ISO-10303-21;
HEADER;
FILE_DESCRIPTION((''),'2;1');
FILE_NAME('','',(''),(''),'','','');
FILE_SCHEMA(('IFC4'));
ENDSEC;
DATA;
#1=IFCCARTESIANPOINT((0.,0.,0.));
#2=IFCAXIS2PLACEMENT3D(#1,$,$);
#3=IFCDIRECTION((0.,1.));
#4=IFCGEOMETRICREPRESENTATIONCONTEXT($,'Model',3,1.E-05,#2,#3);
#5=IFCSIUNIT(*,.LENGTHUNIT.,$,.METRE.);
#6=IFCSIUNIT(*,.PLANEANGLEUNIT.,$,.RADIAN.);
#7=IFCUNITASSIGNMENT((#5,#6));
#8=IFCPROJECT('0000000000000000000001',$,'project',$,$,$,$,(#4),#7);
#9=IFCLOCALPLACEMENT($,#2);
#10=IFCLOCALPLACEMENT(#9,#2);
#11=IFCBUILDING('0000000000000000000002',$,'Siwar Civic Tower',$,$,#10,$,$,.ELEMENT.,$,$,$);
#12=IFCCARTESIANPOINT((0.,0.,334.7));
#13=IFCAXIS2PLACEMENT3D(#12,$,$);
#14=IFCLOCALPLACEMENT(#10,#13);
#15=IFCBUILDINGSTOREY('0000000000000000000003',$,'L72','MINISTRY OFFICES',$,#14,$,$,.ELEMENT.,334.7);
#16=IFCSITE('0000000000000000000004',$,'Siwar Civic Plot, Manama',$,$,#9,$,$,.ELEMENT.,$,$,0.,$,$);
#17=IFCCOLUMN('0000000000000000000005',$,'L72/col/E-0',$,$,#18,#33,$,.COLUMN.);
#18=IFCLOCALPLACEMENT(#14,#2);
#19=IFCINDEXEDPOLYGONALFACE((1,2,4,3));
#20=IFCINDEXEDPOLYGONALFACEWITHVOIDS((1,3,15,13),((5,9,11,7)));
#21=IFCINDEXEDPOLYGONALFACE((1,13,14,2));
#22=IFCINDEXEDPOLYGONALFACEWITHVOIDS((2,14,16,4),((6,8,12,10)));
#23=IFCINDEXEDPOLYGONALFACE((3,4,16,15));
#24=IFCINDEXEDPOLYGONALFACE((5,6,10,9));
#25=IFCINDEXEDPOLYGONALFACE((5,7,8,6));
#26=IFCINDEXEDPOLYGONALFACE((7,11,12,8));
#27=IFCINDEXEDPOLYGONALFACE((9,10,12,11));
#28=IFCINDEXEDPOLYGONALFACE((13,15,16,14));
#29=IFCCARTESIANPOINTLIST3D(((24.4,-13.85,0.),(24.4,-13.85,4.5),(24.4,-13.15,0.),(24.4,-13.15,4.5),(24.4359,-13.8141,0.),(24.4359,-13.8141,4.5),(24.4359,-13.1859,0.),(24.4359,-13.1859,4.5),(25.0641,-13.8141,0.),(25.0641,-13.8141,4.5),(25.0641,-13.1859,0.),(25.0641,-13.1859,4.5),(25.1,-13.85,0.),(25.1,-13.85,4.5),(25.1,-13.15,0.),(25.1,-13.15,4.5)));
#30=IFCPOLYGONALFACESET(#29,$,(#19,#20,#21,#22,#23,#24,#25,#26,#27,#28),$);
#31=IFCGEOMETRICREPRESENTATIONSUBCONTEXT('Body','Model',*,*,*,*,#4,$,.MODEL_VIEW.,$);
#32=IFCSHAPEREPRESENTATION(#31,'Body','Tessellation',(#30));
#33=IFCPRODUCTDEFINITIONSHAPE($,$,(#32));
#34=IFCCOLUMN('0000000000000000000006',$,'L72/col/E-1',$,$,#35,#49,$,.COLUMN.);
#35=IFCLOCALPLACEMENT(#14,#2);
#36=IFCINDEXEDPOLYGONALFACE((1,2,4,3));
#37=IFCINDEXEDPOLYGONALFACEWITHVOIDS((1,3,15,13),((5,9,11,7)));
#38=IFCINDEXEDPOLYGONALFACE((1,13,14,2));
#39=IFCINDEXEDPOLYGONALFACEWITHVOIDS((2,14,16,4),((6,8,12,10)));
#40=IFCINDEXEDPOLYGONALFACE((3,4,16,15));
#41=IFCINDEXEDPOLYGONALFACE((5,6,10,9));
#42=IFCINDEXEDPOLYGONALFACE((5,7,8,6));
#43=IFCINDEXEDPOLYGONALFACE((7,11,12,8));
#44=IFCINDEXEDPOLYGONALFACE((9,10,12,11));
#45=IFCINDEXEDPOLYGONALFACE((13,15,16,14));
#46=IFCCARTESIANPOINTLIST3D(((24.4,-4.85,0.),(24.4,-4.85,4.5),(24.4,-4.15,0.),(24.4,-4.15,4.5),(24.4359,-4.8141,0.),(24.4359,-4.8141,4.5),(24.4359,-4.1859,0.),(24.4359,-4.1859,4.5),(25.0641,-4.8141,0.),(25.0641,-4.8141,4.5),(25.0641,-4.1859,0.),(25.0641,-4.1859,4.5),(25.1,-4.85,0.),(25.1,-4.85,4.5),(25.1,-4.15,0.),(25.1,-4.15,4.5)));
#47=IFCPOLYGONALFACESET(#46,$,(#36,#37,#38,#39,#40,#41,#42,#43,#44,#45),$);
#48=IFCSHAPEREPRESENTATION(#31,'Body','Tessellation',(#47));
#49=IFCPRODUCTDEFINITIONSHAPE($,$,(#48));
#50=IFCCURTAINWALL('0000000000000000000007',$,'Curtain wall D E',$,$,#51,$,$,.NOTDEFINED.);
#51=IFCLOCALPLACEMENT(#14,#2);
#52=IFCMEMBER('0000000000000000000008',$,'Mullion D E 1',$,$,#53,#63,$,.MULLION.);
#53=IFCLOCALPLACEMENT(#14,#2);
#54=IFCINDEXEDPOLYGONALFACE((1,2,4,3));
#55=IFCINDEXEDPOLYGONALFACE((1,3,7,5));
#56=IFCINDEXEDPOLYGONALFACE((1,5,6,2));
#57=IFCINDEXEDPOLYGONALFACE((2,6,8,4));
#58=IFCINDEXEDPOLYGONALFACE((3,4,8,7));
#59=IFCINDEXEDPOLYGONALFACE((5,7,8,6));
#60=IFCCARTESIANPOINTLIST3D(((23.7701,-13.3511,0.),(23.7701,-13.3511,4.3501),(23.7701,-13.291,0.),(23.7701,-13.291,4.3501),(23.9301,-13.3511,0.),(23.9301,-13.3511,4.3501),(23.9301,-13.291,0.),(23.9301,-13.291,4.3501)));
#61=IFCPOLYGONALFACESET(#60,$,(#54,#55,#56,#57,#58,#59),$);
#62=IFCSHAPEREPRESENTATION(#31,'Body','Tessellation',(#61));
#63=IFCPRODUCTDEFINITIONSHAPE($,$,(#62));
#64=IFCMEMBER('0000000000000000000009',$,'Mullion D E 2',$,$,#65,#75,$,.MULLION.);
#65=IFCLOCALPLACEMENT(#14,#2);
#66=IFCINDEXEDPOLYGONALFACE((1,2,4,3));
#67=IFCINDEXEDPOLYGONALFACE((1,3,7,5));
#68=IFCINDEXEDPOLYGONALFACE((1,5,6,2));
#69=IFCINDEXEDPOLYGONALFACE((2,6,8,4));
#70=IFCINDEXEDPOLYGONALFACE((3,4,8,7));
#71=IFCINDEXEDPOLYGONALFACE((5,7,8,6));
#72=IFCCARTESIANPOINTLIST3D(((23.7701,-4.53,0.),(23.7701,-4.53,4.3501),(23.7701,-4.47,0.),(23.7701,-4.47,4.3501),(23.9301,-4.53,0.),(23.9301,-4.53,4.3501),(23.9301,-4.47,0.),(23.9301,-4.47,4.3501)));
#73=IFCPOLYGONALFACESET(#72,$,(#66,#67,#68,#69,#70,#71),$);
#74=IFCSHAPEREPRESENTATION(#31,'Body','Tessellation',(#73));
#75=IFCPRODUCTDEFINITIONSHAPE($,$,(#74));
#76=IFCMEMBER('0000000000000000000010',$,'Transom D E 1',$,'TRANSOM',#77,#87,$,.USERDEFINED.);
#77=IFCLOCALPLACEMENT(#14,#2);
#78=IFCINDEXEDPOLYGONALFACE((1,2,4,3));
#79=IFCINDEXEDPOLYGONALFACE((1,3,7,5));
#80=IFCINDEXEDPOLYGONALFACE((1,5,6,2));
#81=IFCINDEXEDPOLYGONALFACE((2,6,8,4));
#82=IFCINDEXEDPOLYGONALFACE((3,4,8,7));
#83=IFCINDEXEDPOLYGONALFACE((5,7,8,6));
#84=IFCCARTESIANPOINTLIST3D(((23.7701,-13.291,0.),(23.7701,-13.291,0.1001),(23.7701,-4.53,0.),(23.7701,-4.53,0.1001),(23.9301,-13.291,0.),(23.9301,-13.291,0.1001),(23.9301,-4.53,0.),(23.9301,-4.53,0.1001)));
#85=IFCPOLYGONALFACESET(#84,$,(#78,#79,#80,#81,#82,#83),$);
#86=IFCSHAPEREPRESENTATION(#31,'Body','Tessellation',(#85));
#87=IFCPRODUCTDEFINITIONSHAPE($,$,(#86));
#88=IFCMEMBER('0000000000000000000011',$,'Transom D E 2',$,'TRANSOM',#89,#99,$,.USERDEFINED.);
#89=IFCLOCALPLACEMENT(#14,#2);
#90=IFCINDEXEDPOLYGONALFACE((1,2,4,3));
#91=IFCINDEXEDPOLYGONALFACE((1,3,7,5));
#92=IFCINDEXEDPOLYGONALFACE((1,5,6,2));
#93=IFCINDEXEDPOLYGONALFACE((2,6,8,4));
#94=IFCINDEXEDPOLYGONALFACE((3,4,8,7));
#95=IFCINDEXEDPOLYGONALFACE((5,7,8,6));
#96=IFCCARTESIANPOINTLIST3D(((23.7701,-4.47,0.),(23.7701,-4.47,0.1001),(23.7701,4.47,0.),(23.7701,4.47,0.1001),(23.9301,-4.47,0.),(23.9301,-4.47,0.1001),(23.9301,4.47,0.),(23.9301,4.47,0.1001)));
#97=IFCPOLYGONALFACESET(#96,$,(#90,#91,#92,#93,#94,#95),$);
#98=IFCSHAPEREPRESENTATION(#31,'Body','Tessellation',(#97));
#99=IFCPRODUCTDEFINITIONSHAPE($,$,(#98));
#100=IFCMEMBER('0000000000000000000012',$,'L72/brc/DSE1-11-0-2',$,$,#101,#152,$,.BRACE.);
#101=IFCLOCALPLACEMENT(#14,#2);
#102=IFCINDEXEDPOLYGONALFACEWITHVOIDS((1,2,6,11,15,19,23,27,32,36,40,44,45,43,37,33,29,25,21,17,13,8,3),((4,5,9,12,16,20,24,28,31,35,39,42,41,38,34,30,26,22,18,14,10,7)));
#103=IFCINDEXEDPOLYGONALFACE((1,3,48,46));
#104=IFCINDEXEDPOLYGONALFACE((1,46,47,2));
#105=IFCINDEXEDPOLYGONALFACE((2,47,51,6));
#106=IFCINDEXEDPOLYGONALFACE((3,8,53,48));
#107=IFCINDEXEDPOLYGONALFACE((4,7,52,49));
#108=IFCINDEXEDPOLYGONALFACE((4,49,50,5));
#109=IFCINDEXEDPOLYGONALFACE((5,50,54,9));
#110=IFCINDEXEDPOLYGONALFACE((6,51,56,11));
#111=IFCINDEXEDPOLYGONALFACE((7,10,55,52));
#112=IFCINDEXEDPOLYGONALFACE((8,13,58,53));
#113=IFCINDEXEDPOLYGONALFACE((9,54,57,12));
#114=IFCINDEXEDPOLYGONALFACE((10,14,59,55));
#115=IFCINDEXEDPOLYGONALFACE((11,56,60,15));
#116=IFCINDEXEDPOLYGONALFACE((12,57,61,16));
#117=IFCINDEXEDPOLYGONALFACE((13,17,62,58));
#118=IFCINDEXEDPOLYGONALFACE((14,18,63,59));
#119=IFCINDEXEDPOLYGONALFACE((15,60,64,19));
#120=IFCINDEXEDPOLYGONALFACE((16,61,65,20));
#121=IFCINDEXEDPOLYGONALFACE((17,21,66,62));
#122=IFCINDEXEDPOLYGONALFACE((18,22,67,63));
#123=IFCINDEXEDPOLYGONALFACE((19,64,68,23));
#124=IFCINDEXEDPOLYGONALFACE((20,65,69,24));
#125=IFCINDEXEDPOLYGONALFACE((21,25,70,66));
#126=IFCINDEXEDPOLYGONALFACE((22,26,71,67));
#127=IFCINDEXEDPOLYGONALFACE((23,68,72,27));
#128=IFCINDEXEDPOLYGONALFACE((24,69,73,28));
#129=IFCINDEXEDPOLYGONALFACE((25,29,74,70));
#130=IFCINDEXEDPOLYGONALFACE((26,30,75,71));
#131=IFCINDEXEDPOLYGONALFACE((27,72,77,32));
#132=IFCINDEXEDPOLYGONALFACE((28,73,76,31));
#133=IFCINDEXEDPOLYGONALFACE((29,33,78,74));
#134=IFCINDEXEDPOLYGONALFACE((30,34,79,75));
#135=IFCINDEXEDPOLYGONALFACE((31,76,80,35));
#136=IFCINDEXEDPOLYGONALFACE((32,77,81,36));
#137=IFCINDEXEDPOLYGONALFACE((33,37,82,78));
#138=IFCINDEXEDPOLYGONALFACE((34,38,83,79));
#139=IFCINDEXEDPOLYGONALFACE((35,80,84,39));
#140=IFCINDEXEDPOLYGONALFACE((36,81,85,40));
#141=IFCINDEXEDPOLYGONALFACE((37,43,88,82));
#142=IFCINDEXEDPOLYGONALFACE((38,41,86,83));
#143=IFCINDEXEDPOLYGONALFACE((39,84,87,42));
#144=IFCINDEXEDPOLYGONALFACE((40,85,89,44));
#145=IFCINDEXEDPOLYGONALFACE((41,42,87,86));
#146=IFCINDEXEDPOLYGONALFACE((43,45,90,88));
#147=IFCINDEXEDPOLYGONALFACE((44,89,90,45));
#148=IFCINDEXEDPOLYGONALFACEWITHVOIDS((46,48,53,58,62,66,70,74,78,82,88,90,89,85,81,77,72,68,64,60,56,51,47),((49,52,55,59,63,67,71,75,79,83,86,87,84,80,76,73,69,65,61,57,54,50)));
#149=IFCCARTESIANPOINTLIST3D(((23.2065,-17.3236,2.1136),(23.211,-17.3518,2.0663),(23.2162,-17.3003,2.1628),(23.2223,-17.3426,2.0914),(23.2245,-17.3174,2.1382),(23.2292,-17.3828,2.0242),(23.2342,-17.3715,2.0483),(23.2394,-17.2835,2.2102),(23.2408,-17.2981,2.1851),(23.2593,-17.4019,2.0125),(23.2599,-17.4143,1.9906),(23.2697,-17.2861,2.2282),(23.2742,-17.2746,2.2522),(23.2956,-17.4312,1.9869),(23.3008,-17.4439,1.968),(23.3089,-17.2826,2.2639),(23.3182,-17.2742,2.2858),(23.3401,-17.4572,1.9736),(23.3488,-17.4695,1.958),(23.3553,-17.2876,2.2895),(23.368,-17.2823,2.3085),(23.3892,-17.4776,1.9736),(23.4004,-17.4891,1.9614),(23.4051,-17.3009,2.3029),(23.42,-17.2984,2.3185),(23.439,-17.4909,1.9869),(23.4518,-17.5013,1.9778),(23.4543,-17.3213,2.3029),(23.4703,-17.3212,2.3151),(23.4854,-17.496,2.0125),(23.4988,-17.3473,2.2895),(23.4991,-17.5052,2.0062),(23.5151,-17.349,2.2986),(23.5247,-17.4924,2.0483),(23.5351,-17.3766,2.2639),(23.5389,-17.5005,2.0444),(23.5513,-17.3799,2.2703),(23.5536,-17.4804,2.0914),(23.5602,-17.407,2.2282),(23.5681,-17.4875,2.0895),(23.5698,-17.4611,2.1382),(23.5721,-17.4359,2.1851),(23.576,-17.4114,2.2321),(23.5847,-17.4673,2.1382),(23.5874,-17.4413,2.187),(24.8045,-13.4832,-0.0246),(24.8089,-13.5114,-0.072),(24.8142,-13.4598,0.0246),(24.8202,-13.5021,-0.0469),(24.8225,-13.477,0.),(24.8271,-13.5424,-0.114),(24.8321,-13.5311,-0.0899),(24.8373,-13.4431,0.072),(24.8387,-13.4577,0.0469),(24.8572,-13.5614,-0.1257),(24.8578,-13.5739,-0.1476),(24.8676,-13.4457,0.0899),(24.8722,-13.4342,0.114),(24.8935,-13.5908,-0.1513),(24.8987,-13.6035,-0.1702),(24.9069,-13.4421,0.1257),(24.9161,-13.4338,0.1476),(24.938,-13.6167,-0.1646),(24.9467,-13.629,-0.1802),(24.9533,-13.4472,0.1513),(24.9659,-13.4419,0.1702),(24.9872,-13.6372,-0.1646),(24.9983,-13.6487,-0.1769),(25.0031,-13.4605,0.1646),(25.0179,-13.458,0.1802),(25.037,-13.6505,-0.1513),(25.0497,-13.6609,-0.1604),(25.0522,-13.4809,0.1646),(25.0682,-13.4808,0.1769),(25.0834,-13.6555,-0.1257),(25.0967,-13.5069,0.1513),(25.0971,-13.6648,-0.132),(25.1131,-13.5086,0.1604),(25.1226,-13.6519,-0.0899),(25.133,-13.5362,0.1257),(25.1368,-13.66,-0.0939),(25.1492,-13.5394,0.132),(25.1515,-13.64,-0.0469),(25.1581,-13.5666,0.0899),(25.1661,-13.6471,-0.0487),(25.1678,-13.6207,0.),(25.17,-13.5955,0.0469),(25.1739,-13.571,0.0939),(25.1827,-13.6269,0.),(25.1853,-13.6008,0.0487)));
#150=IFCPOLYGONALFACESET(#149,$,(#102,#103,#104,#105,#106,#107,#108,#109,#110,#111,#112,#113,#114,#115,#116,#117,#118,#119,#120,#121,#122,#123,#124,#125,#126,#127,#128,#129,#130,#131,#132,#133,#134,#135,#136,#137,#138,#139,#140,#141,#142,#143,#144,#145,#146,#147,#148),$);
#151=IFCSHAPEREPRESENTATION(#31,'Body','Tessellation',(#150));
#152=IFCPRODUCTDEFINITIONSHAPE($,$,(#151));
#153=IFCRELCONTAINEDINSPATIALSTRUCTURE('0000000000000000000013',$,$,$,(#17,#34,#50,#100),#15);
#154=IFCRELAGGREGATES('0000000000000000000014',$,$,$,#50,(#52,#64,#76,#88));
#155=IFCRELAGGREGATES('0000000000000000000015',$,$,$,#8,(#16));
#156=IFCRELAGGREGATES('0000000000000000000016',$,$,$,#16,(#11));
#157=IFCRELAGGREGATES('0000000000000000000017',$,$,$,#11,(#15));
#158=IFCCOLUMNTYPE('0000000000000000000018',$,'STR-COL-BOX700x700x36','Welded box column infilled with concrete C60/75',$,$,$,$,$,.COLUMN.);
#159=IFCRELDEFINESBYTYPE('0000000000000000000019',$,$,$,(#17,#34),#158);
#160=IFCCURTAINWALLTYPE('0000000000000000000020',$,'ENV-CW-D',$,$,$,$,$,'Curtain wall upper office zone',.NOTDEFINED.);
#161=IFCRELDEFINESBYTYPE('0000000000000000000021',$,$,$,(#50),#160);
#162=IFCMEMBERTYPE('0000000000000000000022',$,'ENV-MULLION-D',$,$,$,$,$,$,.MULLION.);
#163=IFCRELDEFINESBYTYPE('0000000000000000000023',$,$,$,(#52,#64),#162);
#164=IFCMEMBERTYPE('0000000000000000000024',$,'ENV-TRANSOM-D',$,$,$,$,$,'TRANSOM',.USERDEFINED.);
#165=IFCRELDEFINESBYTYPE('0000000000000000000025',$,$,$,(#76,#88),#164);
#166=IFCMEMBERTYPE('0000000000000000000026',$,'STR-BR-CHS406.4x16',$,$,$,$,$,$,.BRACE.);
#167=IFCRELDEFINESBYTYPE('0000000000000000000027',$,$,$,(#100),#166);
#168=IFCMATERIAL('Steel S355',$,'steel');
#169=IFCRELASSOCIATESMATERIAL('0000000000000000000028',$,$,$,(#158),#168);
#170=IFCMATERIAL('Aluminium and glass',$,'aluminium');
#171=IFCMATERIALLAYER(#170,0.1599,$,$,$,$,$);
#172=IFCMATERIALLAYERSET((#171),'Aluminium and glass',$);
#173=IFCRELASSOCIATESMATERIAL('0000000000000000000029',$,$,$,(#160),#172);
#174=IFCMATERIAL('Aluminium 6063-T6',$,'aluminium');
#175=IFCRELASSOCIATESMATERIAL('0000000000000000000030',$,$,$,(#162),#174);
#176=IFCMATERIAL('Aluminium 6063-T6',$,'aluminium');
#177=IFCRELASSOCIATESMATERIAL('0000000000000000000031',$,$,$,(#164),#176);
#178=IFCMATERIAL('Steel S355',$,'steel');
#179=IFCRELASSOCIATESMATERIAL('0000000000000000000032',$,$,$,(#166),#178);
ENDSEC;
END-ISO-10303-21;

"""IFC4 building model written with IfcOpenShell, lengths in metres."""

from ifc_helpers import new_model, si_unit, direction, frame, origin, origin_2d, place, context, subcontext, project, spatial, rectangle, hollow_rectangle, hollow_circle, extrude, material, layer, layer_set, material_profile, profile_set, type_object, element, aggregate, save


model = new_model("IFC4")

# Units and contexts
model_context = context("Model", 3, precision=1e-05, world=origin(), true_north=direction((0.0, 1.0)))
body_context = subcontext(model_context, "Body", "Model", "MODEL_VIEW")
ifc_project = project(units=[si_unit("LENGTHUNIT", "METRE"), si_unit("PLANEANGLEUNIT", "RADIAN")], contexts=[model_context])

# Site, building, storey
site_placement = place(None, origin())
site = spatial("IfcSite", under=ifc_project, at=site_placement, Name="Siwar Civic Plot, Manama", CompositionType="ELEMENT", RefElevation=0.0)
building_placement = place(site_placement, origin())
building = spatial("IfcBuilding", under=site, at=building_placement, Name="Siwar Civic Tower", CompositionType="ELEMENT")
storey_placement = place(building_placement, frame((0.0, 0.0, 334.7)))
storey = spatial("IfcBuildingStorey", under=building, at=storey_placement, Name="L72", Description="MINISTRY OFFICES", CompositionType="ELEMENT", Elevation=334.7)

# Columns
ifc_material_1 = material(Name="Steel S355", Category="steel")
ifc_material_profile_1 = material_profile(ifc_material_1, hollow_rectangle(XDim=0.7, YDim=0.7, WallThickness=0.0359, at=origin_2d()), Name="BOX700x700x36")
ifc_profile_set_1 = profile_set([ifc_material_profile_1], Name="Steel S355")
column_type = type_object("IfcColumnType", Name="STR-COL-BOX700x700x36", Description="Welded box column infilled with concrete C60/75", PredefinedType="COLUMN", material=ifc_profile_set_1)
for number, where, z_axis, x_axis, name in (
    (1, (24.75, -13.5, 0.0), (0.0, 0.0, 1.0), (1.0, 0.0, 0.0), "L72/col/E-0"),
    (2, (24.75, -4.5, 0.0), (0.0, 0.0, 1.0), (1.0, 0.0, 0.0), "L72/col/E-1"),
):
    element("IfcColumn", number, at=place(storey_placement, frame(where, z_axis=z_axis, x_axis=x_axis)), inside=storey, type_object=column_type, Name=name, PredefinedType="COLUMN", context=body_context, shape_type="SweptSolid", body=[
        extrude(hollow_rectangle(XDim=0.7, YDim=0.7, WallThickness=0.0359, at=origin_2d()), origin(), (0.0, 0.0, 1.0), 4.5),
    ])

# Curtain wall, members
ifc_material_2 = material(Name="Aluminium and glass", Category="aluminium")
ifc_layer_1 = layer(ifc_material_2, 0.1599)
ifc_layer_set_1 = layer_set([ifc_layer_1], Name="Aluminium and glass")
curtain_wall_type = type_object("IfcCurtainWallType", Name="ENV-CW-D", ElementType="Curtain wall upper office zone", PredefinedType="NOTDEFINED", material=ifc_layer_set_1)
curtain_wall_placement = place(storey_placement, origin())
curtain_wall = element("IfcCurtainWall", 3, at=curtain_wall_placement, inside=storey, type_object=curtain_wall_type, Name="Curtain wall D E", PredefinedType="NOTDEFINED")
ifc_material_3 = material(Name="Aluminium 6063-T6", Category="aluminium")
ifc_material_profile_2 = material_profile(ifc_material_3, rectangle(XDim=0.1599, YDim=0.0601, at=origin_2d()), Name="AL 160x60")
ifc_profile_set_2 = profile_set([ifc_material_profile_2], Name="Aluminium 6063-T6")
member_type_1 = type_object("IfcMemberType", Name="ENV-MULLION-D", PredefinedType="MULLION", material=ifc_profile_set_2)
member_1_placement = place(storey_placement, frame((23.8501, -13.321, 0.0), z_axis=(0.0, 0.0, 1.0), x_axis=(-1.0, 0.0, 0.0)))
member_1 = element("IfcMember", 4, at=member_1_placement, type_object=member_type_1, Name="Mullion D E 1", PredefinedType="MULLION", context=body_context, shape_type="SweptSolid", body=[
    extrude(rectangle(XDim=0.1599, YDim=0.0601, at=origin_2d()), origin(), (0.0, 0.0, 1.0), 4.3501),
])
member_2_placement = place(storey_placement, frame((23.8501, -4.5, 0.0), z_axis=(0.0, 0.0, 1.0), x_axis=(-1.0, 0.0, 0.0)))
member_2 = element("IfcMember", 5, at=member_2_placement, type_object=member_type_1, Name="Mullion D E 2", PredefinedType="MULLION", context=body_context, shape_type="SweptSolid", body=[
    extrude(rectangle(XDim=0.1599, YDim=0.0601, at=origin_2d()), origin(), (0.0, 0.0, 1.0), 4.3501),
])
ifc_material_4 = material(Name="Aluminium 6063-T6", Category="aluminium")
ifc_material_profile_3 = material_profile(ifc_material_4, rectangle(XDim=0.1599, YDim=0.1001, at=origin_2d()), Name="AL 160x100")
ifc_profile_set_3 = profile_set([ifc_material_profile_3], Name="Aluminium 6063-T6")
member_type_2 = type_object("IfcMemberType", Name="ENV-TRANSOM-D", ElementType="TRANSOM", PredefinedType="USERDEFINED", material=ifc_profile_set_3)
member_3_placement = place(storey_placement, frame((23.8501, -13.291, 0.05), z_axis=(0.0, 1.0, 0.0), x_axis=(-1.0, 0.0, 0.0)))
member_3 = element("IfcMember", 6, at=member_3_placement, type_object=member_type_2, Name="Transom D E 1", ObjectType="TRANSOM", PredefinedType="USERDEFINED", context=body_context, shape_type="SweptSolid", body=[
    extrude(rectangle(XDim=0.1599, YDim=0.1001, at=origin_2d()), origin(), (0.0, 0.0, 1.0), 8.761),
])
member_4_placement = place(storey_placement, frame((23.8501, -4.47, 0.05), z_axis=(0.0, 1.0, 0.0), x_axis=(-1.0, 0.0, 0.0)))
member_4 = element("IfcMember", 7, at=member_4_placement, type_object=member_type_2, Name="Transom D E 2", ObjectType="TRANSOM", PredefinedType="USERDEFINED", context=body_context, shape_type="SweptSolid", body=[
    extrude(rectangle(XDim=0.1599, YDim=0.1001, at=origin_2d()), origin(), (0.0, 0.0, 1.0), 8.9399),
])

# Member
ifc_material_5 = material(Name="Steel S355", Category="steel")
ifc_material_profile_4 = material_profile(ifc_material_5, hollow_circle(Radius=0.2031, WallThickness=0.0161, at=origin_2d()), Name="CHS406.4x16")
ifc_profile_set_4 = profile_set([ifc_material_profile_4], Name="Steel S355")
member_type_3 = type_object("IfcMemberType", Name="STR-BR-CHS406.4x16", PredefinedType="BRACE", material=ifc_profile_set_4)
member_5_placement = place(storey_placement, frame((24.9951, -13.5488, 0.0), z_axis=(-0.341659, -0.82113, 0.457181), x_axis=(0.923268, -0.384157, 0.0)))
element("IfcMember", 8, at=member_5_placement, inside=storey, type_object=member_type_3, Name="L72/brc/DSE1-11-0-2", PredefinedType="BRACE", context=body_context, shape_type="SweptSolid", body=[
    extrude(hollow_circle(Radius=0.2031, WallThickness=0.0161, at=origin_2d()), origin(), (0.0, 0.0, 1.0), 4.677),
])

aggregate(curtain_wall, [member_1, member_2, member_3, member_4])

save(model, "model.ifc")
